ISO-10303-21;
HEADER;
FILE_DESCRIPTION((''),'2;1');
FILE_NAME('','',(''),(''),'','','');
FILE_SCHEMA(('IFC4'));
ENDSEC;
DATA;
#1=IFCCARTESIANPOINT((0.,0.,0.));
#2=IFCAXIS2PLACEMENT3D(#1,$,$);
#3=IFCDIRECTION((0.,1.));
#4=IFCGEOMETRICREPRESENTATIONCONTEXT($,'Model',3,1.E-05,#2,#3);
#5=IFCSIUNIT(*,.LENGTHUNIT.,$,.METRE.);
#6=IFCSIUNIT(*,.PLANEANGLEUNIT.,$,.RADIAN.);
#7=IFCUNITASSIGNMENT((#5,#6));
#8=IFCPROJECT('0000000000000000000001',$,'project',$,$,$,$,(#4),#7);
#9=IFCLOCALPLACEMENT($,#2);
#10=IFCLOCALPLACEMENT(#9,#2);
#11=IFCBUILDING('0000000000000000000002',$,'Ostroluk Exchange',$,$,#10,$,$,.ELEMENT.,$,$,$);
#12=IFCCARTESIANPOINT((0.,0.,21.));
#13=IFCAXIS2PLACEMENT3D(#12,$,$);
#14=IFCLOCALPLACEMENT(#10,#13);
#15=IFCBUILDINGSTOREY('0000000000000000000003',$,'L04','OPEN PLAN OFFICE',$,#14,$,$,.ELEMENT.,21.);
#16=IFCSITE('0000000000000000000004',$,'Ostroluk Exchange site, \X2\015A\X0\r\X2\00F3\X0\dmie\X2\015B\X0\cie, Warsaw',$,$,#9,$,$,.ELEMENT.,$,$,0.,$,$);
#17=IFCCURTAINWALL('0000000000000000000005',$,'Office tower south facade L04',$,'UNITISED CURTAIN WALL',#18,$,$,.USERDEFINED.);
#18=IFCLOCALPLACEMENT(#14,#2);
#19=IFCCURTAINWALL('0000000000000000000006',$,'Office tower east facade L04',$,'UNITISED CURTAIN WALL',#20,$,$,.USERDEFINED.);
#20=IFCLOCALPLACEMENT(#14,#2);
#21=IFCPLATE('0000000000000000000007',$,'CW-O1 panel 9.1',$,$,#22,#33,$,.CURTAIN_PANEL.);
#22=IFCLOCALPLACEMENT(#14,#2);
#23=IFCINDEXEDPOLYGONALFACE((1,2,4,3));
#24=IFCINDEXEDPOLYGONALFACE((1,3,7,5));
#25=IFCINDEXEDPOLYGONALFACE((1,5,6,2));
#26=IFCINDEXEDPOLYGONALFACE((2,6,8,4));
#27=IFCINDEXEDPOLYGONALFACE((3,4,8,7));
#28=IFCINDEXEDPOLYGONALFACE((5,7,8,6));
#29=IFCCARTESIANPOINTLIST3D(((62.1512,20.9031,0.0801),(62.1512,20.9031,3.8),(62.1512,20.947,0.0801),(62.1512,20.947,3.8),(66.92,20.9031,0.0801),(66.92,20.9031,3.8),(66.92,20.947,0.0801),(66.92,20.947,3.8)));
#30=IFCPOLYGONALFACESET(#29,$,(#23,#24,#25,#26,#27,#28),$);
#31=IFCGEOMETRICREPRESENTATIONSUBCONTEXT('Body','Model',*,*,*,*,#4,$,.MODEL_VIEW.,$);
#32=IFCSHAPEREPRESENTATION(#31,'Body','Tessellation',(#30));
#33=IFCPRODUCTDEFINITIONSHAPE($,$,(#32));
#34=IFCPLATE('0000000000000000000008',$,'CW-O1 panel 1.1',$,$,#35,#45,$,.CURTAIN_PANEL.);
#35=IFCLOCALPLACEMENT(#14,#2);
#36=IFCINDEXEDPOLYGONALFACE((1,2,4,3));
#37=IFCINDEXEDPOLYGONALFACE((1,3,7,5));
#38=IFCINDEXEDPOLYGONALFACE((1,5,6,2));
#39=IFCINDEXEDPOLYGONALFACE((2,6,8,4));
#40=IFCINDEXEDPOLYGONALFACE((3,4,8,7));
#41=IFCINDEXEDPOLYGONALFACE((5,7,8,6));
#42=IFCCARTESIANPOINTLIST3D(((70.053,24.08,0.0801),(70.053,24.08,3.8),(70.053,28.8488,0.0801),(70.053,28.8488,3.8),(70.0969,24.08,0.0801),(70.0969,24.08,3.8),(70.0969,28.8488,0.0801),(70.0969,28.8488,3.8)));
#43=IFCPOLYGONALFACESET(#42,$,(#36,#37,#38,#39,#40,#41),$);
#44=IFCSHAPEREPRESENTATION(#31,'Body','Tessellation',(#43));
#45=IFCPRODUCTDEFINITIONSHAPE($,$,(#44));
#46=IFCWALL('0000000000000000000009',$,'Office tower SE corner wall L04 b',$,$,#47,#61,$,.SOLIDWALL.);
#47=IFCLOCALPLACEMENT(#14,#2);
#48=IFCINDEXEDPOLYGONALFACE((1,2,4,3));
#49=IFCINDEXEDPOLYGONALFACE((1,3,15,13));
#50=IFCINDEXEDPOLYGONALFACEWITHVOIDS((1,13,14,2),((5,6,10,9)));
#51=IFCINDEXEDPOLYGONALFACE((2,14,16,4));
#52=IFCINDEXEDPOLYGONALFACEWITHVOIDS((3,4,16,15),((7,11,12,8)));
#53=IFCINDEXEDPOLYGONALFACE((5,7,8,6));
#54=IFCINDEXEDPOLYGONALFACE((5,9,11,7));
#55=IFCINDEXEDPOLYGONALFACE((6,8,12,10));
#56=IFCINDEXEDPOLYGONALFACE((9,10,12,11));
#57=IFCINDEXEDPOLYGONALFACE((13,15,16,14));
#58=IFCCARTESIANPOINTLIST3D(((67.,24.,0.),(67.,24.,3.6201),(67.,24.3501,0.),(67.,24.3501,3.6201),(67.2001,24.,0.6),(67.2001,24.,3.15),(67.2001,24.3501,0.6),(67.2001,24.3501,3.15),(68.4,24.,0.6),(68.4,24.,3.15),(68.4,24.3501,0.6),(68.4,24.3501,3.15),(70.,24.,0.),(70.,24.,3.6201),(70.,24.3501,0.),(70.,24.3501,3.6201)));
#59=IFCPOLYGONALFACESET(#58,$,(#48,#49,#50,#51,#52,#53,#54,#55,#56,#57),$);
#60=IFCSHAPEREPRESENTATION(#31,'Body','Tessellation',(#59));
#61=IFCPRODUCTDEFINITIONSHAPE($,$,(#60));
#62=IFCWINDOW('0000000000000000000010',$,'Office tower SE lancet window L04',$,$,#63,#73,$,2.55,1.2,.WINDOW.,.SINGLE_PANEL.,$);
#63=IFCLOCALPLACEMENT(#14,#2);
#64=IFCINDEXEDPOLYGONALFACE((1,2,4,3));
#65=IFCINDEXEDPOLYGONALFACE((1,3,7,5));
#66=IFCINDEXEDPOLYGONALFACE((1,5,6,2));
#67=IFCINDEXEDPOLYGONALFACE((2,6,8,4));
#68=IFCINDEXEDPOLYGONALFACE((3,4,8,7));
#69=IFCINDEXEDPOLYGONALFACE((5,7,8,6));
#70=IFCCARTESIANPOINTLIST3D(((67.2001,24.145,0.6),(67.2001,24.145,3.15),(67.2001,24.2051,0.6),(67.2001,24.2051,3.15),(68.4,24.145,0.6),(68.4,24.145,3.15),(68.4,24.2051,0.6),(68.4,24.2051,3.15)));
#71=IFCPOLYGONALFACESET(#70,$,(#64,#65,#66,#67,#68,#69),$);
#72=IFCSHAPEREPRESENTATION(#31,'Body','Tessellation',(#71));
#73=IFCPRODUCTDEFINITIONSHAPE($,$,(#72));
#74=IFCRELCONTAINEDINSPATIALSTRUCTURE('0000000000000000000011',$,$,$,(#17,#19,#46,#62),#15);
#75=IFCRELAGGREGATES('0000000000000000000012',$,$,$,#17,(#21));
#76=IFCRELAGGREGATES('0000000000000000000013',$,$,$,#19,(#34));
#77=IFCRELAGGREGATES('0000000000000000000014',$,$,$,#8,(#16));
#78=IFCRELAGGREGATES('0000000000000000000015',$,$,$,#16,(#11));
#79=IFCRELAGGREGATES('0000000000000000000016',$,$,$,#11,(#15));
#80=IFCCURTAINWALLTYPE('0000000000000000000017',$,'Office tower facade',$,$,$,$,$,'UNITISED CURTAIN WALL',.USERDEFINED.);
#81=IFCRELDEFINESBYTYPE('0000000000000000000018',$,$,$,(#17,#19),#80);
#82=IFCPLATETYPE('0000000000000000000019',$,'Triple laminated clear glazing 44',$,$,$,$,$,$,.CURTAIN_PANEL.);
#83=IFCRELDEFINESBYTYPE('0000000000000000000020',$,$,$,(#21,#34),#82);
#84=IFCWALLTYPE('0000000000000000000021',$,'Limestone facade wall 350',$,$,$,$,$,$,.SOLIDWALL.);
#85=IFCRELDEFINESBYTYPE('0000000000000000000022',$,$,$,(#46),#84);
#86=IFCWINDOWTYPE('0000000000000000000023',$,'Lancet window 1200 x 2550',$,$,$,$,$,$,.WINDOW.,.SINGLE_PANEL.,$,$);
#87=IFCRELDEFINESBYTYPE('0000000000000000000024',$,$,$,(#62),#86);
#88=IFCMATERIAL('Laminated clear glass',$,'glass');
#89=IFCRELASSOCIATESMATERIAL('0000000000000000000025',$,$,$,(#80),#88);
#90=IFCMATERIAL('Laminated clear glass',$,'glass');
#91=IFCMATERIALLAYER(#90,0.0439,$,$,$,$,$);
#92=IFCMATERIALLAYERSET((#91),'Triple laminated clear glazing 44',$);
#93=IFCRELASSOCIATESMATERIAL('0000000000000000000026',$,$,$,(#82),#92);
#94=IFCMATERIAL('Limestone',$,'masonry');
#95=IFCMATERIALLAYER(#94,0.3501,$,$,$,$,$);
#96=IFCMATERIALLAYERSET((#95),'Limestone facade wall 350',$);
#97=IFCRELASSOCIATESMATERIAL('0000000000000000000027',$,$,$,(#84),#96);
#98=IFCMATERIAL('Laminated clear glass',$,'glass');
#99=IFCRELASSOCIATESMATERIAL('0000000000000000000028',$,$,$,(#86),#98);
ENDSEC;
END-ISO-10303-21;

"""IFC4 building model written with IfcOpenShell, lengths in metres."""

from ifc_helpers import new_model, si_unit, direction, frame, frame_2d, origin, origin_2d, place, context, subcontext, project, spatial, rectangle, extrude, material, layer, layer_set, type_object, element, fill, aggregate, save


model = new_model("IFC4")

# Units and contexts
model_context = context("Model", 3, precision=1e-05, world=origin(), true_north=direction((0.0, 1.0)))
body_context = subcontext(model_context, "Body", "Model", "MODEL_VIEW")
ifc_project = project(units=[si_unit("LENGTHUNIT", "METRE"), si_unit("PLANEANGLEUNIT", "RADIAN")], contexts=[model_context])

# Site, building, storey
site_placement = place(None, origin())
site = spatial("IfcSite", under=ifc_project, at=site_placement, Name="Ostroluk Exchange site, Śródmieście, Warsaw", CompositionType="ELEMENT", RefElevation=0.0)
building_placement = place(site_placement, origin())
building = spatial("IfcBuilding", under=site, at=building_placement, Name="Ostroluk Exchange", CompositionType="ELEMENT")
storey_placement = place(building_placement, frame((0.0, 0.0, 21.0)))
storey = spatial("IfcBuildingStorey", under=building, at=storey_placement, Name="L04", Description="OPEN PLAN OFFICE", CompositionType="ELEMENT", Elevation=21.0)

# Curtain wall
ifc_material_1 = material(Name="Laminated clear glass", Category="glass")
curtain_wall_type = type_object("IfcCurtainWallType", Name="Office tower facade", ElementType="UNITISED CURTAIN WALL", PredefinedType="USERDEFINED", material=ifc_material_1)
curtain_wall_1_placement = place(storey_placement, origin())
curtain_wall_1 = element("IfcCurtainWall", 1, at=curtain_wall_1_placement, inside=storey, type_object=curtain_wall_type, Name="Office tower south facade L04", ObjectType="UNITISED CURTAIN WALL", PredefinedType="USERDEFINED")

# Curtain wall
curtain_wall_2_placement = place(storey_placement, origin())
curtain_wall_2 = element("IfcCurtainWall", 2, at=curtain_wall_2_placement, inside=storey, type_object=curtain_wall_type, Name="Office tower east facade L04", ObjectType="UNITISED CURTAIN WALL", PredefinedType="USERDEFINED")

# Plates
ifc_material_2 = material(Name="Laminated clear glass", Category="glass")
ifc_layer_1 = layer(ifc_material_2, 0.0439)
ifc_layer_set_1 = layer_set([ifc_layer_1], Name="Triple laminated clear glazing 44")
plate_type = type_object("IfcPlateType", Name="Triple laminated clear glazing 44", PredefinedType="CURTAIN_PANEL", material=ifc_layer_set_1)
plate_1_placement = place(storey_placement, frame((64.5356, 20.925, 0.0801), z_axis=(0.0, 0.0, 1.0), x_axis=(1.0, 0.0, 0.0)))
plate_1 = element("IfcPlate", 3, at=plate_1_placement, type_object=plate_type, Name="CW-O1 panel 9.1", PredefinedType="CURTAIN_PANEL", context=body_context, shape_type="SweptSolid", body=[
    extrude(rectangle(XDim=4.7688, YDim=0.0439, at=origin_2d()), origin(), (0.0, 0.0, 1.0), 3.72),
])
aggregate(curtain_wall_1, [plate_1])
plate_2_placement = place(storey_placement, frame((70.075, 26.4644, 0.0801), z_axis=(0.0, 0.0, 1.0), x_axis=(0.0, 1.0, 0.0)))
plate_2 = element("IfcPlate", 4, at=plate_2_placement, type_object=plate_type, Name="CW-O1 panel 1.1", PredefinedType="CURTAIN_PANEL", context=body_context, shape_type="SweptSolid", body=[
    extrude(rectangle(XDim=4.7688, YDim=0.0439, at=origin_2d()), origin(), (0.0, 0.0, 1.0), 3.72),
])
aggregate(curtain_wall_2, [plate_2])

# Shared definitions
ifc_material_3 = material(Name="Limestone", Category="masonry")
ifc_layer_2 = layer(ifc_material_3, 0.3501)
ifc_layer_set_2 = layer_set([ifc_layer_2], Name="Limestone facade wall 350")
wall_type_1 = type_object("IfcWallType", Name="Limestone facade wall 350", PredefinedType="SOLIDWALL", material=ifc_layer_set_2)

# Wall, opening, window
wall_1_placement = place(storey_placement, frame((67.0, 24.175, 0.0), z_axis=(0.0, 0.0, 1.0), x_axis=(1.0, 0.0, 0.0)))
wall_1 = element("IfcWall", 5, at=wall_1_placement, inside=storey, type_object=wall_type_1, Name="Office tower SE corner wall L04 b", PredefinedType="SOLIDWALL", context=body_context, shape_type="SweptSolid", body=[
    extrude(rectangle(XDim=3.0, YDim=0.3501, at=frame_2d((1.5, 0.0))), origin(), (0.0, 0.0, 1.0), 3.6201),
])
opening_1_placement = place(wall_1_placement, frame((0.2, 0.0, 0.6001)))
opening_1 = element("IfcOpeningElement", 6, at=opening_1_placement, cuts=wall_1, PredefinedType="OPENING", context=body_context, shape_type="SweptSolid", body=[
    extrude(rectangle(XDim=1.2, YDim=2.55, at=frame_2d((0.6001, 1.2749))), frame((0.0, 0.1851, 0.0), z_axis=(0.0, -1.0, 0.0), x_axis=(1.0, 0.0, 0.0)), (0.0, 0.0, 1.0), 0.3701),
])
ifc_material_4 = material(Name="Laminated clear glass", Category="glass")
window_type = type_object("IfcWindowType", Name="Lancet window 1200 x 2550", PartitioningType="SINGLE_PANEL", PredefinedType="WINDOW", material=ifc_material_4)
window_placement = place(opening_1_placement, origin())
window = element("IfcWindow", 7, at=window_placement, inside=storey, type_object=window_type, Name="Office tower SE lancet window L04", OverallHeight=2.55, OverallWidth=1.2, PartitioningType="SINGLE_PANEL", PredefinedType="WINDOW", context=body_context, shape_type="SweptSolid", body=[
    extrude(rectangle(XDim=1.2, YDim=2.55, at=frame_2d((0.6001, 1.2749))), frame((0.0, 0.03, 0.0), z_axis=(0.0, -1.0, 0.0), x_axis=(1.0, 0.0, 0.0)), (0.0, 0.0, 1.0), 0.0601),
])
fill(opening_1, window)

save(model, "model.ifc")
